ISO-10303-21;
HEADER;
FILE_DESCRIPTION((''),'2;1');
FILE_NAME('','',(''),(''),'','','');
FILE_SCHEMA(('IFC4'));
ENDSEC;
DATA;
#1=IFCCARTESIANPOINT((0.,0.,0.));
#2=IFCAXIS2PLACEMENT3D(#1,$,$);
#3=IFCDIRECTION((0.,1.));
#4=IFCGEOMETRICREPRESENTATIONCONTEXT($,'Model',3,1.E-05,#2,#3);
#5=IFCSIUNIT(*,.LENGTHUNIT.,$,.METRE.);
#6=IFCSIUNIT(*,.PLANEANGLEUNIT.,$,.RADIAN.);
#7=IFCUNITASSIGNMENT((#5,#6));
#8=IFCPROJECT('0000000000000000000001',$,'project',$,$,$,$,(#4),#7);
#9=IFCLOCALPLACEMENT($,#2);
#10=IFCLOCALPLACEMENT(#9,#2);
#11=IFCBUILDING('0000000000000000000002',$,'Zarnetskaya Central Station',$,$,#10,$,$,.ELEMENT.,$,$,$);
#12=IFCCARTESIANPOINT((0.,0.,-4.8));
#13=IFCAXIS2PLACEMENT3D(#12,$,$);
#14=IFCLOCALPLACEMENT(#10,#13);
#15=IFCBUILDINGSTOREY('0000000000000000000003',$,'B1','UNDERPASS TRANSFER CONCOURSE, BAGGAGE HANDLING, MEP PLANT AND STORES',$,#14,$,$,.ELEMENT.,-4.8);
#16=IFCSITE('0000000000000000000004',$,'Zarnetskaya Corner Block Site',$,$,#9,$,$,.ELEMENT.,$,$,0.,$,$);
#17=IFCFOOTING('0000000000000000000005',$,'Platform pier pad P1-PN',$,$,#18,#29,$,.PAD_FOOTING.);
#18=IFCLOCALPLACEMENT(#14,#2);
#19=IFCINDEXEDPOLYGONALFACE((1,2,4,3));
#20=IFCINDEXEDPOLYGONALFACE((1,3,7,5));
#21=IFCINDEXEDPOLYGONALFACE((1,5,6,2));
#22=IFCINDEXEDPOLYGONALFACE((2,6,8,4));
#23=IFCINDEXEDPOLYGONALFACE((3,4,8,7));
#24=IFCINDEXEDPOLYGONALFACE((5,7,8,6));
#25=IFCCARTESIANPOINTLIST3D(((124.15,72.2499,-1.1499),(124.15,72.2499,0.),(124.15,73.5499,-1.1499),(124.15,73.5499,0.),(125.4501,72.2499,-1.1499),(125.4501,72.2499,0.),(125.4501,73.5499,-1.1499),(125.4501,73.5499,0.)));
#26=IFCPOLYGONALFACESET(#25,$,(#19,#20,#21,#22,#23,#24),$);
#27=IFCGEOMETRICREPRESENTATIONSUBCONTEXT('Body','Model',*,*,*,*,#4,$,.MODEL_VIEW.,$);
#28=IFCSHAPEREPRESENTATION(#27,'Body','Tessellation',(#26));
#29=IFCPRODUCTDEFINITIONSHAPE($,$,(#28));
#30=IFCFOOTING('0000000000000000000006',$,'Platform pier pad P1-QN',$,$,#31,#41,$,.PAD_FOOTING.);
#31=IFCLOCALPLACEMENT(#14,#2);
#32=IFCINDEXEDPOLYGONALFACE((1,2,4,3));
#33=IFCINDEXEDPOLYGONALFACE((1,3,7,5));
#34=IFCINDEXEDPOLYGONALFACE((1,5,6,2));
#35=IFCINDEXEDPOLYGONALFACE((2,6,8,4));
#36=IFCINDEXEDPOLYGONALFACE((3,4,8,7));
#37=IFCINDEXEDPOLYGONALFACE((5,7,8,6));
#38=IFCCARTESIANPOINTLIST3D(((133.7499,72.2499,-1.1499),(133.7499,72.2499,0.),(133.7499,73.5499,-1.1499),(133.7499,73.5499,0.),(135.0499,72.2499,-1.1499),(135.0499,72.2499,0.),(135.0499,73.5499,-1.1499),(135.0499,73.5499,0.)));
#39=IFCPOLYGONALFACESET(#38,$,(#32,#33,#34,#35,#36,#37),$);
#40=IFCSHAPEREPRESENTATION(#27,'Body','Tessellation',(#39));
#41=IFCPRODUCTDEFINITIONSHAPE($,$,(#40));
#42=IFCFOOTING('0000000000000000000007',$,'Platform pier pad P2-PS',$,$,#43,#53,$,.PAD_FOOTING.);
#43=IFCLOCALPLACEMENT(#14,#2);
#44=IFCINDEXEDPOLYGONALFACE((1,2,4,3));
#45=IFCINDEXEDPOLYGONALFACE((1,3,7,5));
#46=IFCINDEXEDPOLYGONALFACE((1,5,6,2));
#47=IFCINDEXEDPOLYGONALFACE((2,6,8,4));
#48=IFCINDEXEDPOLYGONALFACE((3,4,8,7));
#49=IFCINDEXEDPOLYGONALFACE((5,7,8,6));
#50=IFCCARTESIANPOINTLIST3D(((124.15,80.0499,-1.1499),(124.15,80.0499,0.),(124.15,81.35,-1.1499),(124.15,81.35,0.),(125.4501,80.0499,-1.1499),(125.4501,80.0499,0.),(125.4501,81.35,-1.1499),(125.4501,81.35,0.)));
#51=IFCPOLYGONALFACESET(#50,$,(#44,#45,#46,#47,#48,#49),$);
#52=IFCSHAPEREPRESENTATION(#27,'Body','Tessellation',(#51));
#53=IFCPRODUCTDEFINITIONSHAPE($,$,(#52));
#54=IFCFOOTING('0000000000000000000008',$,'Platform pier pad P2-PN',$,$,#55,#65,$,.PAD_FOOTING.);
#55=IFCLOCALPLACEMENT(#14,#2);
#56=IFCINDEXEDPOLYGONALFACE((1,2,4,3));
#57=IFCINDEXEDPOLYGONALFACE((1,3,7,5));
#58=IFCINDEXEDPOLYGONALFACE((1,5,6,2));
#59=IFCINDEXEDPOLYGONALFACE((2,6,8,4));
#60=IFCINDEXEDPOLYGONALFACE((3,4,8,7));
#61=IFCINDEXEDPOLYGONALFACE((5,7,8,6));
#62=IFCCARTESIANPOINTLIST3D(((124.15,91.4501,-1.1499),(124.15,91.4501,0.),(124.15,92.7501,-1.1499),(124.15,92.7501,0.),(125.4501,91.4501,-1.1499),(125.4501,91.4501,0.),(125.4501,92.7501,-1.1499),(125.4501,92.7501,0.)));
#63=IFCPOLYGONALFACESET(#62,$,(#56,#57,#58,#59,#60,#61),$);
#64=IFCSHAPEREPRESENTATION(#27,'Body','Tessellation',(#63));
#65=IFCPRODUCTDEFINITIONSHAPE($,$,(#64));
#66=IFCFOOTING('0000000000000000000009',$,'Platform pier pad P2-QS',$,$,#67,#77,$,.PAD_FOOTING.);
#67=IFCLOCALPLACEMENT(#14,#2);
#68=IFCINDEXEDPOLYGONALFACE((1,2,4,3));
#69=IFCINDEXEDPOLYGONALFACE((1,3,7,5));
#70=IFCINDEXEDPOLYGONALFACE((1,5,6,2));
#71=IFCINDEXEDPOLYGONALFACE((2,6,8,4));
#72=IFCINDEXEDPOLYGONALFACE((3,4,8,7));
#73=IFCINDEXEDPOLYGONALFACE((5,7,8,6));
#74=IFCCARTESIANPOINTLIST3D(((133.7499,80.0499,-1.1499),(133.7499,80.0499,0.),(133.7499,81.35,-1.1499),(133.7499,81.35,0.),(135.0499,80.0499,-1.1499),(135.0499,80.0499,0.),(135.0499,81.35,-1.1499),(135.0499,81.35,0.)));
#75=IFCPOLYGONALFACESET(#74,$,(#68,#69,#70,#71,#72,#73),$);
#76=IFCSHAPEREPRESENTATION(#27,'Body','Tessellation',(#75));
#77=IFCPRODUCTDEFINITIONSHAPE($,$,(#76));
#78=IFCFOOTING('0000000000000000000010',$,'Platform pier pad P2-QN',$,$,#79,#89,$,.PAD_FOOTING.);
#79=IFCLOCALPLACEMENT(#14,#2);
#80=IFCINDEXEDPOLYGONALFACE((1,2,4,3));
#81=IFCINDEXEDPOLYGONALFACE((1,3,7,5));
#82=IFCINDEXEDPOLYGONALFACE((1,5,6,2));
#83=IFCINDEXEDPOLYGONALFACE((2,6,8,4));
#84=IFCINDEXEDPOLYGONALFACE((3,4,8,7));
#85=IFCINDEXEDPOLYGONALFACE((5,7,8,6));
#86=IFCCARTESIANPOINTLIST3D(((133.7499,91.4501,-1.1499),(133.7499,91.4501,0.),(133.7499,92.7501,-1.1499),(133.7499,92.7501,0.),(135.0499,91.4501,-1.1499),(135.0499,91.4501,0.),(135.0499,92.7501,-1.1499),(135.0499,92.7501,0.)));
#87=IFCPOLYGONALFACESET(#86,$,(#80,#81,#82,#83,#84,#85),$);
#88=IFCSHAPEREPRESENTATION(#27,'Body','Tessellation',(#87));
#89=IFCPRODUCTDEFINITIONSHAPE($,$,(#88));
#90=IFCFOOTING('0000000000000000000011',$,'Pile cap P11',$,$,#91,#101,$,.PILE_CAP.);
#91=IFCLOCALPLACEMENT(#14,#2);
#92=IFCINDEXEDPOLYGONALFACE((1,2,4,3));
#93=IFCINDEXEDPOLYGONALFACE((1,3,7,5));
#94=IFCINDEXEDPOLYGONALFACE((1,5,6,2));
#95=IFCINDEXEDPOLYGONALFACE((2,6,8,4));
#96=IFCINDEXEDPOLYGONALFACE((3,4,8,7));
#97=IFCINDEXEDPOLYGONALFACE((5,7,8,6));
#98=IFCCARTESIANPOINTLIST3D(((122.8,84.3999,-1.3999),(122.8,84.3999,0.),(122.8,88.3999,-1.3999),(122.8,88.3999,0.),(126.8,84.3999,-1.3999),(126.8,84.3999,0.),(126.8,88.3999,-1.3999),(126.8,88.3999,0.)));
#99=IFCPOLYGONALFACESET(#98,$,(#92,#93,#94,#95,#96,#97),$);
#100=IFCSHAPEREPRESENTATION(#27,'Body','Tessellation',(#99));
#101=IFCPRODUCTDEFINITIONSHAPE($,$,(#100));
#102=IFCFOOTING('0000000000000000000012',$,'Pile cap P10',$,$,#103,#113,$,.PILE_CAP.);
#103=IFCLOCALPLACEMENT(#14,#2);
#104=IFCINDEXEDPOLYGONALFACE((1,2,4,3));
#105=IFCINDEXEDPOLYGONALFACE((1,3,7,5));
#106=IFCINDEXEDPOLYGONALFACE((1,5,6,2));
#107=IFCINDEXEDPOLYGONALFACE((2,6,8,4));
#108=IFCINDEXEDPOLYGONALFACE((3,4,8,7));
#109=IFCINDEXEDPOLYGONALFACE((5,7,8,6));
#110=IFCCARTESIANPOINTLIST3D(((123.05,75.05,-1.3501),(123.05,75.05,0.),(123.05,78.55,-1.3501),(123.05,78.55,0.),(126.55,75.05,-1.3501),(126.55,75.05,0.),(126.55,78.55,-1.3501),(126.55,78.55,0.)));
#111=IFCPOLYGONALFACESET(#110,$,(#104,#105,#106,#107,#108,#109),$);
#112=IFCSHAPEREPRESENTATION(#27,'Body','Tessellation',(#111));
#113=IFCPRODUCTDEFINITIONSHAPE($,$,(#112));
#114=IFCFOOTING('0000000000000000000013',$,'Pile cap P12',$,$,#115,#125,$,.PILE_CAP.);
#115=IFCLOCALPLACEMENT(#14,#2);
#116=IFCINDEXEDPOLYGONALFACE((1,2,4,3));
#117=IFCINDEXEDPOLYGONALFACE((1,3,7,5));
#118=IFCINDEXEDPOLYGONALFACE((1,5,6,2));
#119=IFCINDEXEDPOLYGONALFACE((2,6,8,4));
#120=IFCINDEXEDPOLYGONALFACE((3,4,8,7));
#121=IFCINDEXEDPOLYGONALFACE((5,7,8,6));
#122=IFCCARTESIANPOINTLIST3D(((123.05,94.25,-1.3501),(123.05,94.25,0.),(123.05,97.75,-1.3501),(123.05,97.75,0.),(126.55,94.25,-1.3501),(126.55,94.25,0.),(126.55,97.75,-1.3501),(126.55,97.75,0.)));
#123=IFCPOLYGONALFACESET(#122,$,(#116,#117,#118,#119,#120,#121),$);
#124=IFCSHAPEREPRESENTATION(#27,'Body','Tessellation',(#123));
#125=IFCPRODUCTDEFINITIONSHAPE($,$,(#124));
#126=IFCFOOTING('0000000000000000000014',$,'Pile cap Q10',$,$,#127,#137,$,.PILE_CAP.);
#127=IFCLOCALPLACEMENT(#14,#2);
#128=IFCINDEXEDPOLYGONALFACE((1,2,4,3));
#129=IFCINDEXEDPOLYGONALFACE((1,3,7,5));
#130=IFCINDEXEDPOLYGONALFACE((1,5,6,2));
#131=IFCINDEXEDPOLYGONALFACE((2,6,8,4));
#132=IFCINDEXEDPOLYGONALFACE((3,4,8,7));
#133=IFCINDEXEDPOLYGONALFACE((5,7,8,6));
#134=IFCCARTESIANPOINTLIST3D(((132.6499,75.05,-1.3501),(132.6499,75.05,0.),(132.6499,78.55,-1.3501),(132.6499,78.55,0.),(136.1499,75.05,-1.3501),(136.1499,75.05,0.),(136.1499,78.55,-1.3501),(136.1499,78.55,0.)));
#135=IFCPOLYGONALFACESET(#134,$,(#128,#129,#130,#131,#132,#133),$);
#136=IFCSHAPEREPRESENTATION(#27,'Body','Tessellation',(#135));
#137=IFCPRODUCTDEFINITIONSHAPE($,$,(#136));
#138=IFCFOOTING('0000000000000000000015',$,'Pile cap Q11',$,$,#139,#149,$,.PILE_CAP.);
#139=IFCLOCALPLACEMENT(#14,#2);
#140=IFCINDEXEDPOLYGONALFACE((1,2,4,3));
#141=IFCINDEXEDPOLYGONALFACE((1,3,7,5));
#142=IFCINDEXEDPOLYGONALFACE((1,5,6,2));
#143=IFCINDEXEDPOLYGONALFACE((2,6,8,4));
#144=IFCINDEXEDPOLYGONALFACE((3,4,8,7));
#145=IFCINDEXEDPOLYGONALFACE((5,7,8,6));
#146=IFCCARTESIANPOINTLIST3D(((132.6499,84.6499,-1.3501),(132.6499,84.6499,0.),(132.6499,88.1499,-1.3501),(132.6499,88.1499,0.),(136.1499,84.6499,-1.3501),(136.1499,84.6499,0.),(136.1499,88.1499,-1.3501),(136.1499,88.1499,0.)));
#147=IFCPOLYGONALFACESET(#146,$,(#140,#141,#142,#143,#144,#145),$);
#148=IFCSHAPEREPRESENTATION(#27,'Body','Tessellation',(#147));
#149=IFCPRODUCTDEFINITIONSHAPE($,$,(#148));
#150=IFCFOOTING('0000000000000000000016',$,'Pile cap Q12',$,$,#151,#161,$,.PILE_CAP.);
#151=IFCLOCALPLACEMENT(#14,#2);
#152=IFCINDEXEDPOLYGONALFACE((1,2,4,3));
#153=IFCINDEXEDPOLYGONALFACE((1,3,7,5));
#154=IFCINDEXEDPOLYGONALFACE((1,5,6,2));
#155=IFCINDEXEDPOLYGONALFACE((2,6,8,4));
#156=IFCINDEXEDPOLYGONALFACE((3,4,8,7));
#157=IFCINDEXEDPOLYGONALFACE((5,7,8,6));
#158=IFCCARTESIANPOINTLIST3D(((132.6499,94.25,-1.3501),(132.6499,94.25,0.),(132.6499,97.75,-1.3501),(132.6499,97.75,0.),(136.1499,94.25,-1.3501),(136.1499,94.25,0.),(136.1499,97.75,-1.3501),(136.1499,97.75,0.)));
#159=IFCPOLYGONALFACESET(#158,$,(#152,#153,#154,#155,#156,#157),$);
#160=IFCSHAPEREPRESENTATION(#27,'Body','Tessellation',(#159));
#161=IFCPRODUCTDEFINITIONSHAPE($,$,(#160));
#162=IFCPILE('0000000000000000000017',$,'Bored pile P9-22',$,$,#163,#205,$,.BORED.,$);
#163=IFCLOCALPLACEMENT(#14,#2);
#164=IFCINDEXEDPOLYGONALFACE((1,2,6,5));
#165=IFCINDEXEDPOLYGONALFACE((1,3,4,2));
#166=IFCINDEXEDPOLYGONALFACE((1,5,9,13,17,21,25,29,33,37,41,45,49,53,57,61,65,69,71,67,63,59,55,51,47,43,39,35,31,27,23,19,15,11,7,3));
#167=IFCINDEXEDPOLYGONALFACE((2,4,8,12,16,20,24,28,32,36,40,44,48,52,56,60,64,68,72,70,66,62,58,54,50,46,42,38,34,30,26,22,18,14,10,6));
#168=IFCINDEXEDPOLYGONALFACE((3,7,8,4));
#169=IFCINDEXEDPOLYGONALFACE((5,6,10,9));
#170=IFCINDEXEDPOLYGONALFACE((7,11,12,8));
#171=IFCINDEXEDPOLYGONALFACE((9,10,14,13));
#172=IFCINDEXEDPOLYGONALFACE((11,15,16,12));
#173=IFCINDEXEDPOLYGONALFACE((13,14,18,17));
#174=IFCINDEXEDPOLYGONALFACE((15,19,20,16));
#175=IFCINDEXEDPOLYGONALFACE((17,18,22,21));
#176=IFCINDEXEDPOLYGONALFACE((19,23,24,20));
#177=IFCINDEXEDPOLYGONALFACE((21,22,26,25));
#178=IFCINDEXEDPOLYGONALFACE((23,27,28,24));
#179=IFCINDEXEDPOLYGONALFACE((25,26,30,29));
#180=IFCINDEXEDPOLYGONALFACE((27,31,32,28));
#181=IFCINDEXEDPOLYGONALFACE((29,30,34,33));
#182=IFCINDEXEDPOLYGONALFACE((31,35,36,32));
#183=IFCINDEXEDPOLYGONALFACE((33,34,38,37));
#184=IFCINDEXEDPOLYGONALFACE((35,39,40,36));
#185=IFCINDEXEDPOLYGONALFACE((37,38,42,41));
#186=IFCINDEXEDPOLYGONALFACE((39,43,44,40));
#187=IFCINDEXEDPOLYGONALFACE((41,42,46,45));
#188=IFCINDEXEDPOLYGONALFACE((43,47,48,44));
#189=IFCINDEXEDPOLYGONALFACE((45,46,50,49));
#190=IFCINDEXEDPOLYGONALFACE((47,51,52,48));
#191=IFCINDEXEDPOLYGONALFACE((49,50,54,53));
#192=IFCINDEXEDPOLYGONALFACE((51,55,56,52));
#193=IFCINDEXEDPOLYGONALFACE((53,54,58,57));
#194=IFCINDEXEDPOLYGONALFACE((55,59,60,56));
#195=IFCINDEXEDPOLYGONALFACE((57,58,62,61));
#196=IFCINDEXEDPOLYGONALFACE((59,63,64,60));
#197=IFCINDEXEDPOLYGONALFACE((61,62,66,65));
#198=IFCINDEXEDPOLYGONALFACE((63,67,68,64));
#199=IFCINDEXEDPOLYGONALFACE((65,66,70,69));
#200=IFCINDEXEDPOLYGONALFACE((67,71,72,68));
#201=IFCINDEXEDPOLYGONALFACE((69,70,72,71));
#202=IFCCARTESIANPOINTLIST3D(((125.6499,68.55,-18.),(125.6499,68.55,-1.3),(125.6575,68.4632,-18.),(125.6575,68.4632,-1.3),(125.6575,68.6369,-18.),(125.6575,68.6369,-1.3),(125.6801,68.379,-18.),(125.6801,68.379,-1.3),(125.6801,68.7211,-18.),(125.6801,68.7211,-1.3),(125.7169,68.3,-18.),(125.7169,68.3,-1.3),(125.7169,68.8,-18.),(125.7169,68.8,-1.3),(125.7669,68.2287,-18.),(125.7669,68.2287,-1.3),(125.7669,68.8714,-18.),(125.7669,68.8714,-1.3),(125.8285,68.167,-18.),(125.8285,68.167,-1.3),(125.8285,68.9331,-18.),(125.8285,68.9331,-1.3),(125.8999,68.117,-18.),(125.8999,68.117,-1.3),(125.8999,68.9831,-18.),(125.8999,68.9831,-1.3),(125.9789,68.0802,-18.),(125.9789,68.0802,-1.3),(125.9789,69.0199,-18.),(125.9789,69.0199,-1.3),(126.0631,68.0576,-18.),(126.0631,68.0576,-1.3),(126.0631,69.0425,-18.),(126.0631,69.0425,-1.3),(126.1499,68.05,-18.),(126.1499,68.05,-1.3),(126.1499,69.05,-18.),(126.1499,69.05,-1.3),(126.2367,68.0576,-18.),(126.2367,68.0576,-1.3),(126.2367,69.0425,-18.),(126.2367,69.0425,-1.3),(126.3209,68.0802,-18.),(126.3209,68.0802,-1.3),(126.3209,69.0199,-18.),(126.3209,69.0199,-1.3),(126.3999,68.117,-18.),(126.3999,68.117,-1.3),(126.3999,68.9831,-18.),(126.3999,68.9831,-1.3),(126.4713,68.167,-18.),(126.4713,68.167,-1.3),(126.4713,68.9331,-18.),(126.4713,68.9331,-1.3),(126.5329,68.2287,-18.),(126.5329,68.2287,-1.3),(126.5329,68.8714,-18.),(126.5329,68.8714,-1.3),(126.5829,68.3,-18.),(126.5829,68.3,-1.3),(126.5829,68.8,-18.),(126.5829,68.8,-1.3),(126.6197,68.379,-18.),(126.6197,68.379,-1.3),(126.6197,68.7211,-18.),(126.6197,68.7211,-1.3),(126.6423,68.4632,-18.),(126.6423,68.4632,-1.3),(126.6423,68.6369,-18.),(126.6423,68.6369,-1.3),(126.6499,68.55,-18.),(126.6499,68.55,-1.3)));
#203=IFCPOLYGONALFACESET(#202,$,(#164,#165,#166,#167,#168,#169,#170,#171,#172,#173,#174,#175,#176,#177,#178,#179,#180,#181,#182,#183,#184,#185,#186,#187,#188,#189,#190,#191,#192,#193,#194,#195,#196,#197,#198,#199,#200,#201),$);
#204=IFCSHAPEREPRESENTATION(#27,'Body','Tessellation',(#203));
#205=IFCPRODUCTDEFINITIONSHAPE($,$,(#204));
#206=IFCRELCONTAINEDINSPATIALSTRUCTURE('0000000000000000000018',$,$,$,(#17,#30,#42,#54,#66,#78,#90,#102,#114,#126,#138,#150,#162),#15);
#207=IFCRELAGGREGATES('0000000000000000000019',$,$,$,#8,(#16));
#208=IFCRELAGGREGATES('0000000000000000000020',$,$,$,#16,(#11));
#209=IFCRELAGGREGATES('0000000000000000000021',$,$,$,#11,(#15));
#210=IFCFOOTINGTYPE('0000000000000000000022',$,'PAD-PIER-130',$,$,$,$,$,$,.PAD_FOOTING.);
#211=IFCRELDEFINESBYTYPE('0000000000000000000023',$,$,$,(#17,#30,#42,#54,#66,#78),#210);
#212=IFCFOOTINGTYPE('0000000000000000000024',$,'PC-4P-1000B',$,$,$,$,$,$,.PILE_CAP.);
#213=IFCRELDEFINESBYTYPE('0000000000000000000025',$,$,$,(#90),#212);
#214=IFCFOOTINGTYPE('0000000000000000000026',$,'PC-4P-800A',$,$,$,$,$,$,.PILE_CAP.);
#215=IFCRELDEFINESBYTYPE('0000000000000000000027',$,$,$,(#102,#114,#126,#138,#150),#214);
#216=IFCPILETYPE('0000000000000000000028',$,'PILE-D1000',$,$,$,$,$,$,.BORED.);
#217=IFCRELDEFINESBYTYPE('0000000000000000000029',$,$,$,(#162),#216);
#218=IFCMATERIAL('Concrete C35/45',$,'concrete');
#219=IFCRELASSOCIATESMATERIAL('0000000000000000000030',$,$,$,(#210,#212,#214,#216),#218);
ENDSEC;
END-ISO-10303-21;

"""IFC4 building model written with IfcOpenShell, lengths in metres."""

from ifc_helpers import new_model, si_unit, direction, frame, origin, origin_2d, place, context, subcontext, project, spatial, rectangle, circle, extrude, material, material_profile, profile_set, type_object, element, save


model = new_model("IFC4")

# Units and contexts
model_context = context("Model", 3, precision=1e-05, world=origin(), true_north=direction((0.0, 1.0)))
body_context = subcontext(model_context, "Body", "Model", "MODEL_VIEW")
ifc_project = project(units=[si_unit("LENGTHUNIT", "METRE"), si_unit("PLANEANGLEUNIT", "RADIAN")], contexts=[model_context])

# Site, building, storey
site_placement = place(None, origin())
site = spatial("IfcSite", under=ifc_project, at=site_placement, Name="Zarnetskaya Corner Block Site", CompositionType="ELEMENT", RefElevation=0.0)
building_placement = place(site_placement, origin())
building = spatial("IfcBuilding", under=site, at=building_placement, Name="Zarnetskaya Central Station", CompositionType="ELEMENT")
storey_placement = place(building_placement, frame((0.0, 0.0, -4.8)))
storey = spatial("IfcBuildingStorey", under=building, at=storey_placement, Name="B1", Description="UNDERPASS TRANSFER CONCOURSE, BAGGAGE HANDLING, MEP PLANT AND STORES", CompositionType="ELEMENT", Elevation=-4.8)

# Footings
ifc_material = material(Name="Concrete C35/45", Category="concrete")
footing_type_1 = type_object("IfcFootingType", Name="PAD-PIER-130", PredefinedType="PAD_FOOTING", material=ifc_material)
for number, where, z_axis, x_axis, name in (
    (1, (124.8, 72.8999, -1.1499), (0.0, 0.0, 1.0), (1.0, 0.0, 0.0), "Platform pier pad P1-PN"),
    (2, (134.3999, 72.8999, -1.1499), (0.0, 0.0, 1.0), (1.0, 0.0, 0.0), "Platform pier pad P1-QN"),
    (3, (124.8, 80.7, -1.1499), (0.0, 0.0, 1.0), (1.0, 0.0, 0.0), "Platform pier pad P2-PS"),
    (4, (124.8, 92.1001, -1.1499), (0.0, 0.0, 1.0), (1.0, 0.0, 0.0), "Platform pier pad P2-PN"),
    (5, (134.3999, 80.7, -1.1499), (0.0, 0.0, 1.0), (1.0, 0.0, 0.0), "Platform pier pad P2-QS"),
    (6, (134.3999, 92.1001, -1.1499), (0.0, 0.0, 1.0), (1.0, 0.0, 0.0), "Platform pier pad P2-QN"),
):
    element("IfcFooting", number, at=place(storey_placement, frame(where, z_axis=z_axis, x_axis=x_axis)), inside=storey, type_object=footing_type_1, Name=name, PredefinedType="PAD_FOOTING", context=body_context, shape_type="SweptSolid", body=[
        extrude(rectangle(XDim=1.3, YDim=1.3, at=origin_2d()), origin(), (0.0, 0.0, 1.0), 1.1499),
    ])
footing_type_2 = type_object("IfcFootingType", Name="PC-4P-1000B", PredefinedType="PILE_CAP", material=ifc_material)
footing_placement = place(storey_placement, frame((124.8, 86.3999, -1.3999), z_axis=(0.0, 0.0, 1.0), x_axis=(1.0, 0.0, 0.0)))
element("IfcFooting", 7, at=footing_placement, inside=storey, type_object=footing_type_2, Name="Pile cap P11", PredefinedType="PILE_CAP", context=body_context, shape_type="SweptSolid", body=[
    extrude(rectangle(XDim=4.0, YDim=4.0, at=origin_2d()), origin(), (0.0, 0.0, 1.0), 1.3999),
])
footing_type_3 = type_object("IfcFootingType", Name="PC-4P-800A", PredefinedType="PILE_CAP", material=ifc_material)
for number, where, z_axis, x_axis, name in (
    (8, (124.8, 76.8, -1.3501), (0.0, 0.0, 1.0), (1.0, 0.0, 0.0), "Pile cap P10"),
    (9, (124.8, 96.0, -1.3501), (0.0, 0.0, 1.0), (1.0, 0.0, 0.0), "Pile cap P12"),
    (10, (134.3999, 76.8, -1.3501), (0.0, 0.0, 1.0), (1.0, 0.0, 0.0), "Pile cap Q10"),
    (11, (134.3999, 86.3999, -1.3501), (0.0, 0.0, 1.0), (1.0, 0.0, 0.0), "Pile cap Q11"),
    (12, (134.3999, 96.0, -1.3501), (0.0, 0.0, 1.0), (1.0, 0.0, 0.0), "Pile cap Q12"),
):
    element("IfcFooting", number, at=place(storey_placement, frame(where, z_axis=z_axis, x_axis=x_axis)), inside=storey, type_object=footing_type_3, Name=name, PredefinedType="PILE_CAP", context=body_context, shape_type="SweptSolid", body=[
        extrude(rectangle(XDim=3.5, YDim=3.5, at=origin_2d()), origin(), (0.0, 0.0, 1.0), 1.3501),
    ])

# Pile
ifc_material_profile_1 = material_profile(ifc_material, circle(Radius=0.5, at=origin_2d()), Name="BORED PILE D1000")
ifc_profile_set_1 = profile_set([ifc_material_profile_1], Name="Concrete C35/45")
pile_type_1 = type_object("IfcPileType", Name="PILE-D1000", PredefinedType="BORED", material=ifc_profile_set_1)
pile_placement = place(storey_placement, frame((126.1499, 68.55, -1.3), z_axis=(0.0, 0.0, -1.0), x_axis=(1.0, 0.0, 0.0)))
element("IfcPile", 13, at=pile_placement, inside=storey, type_object=pile_type_1, Name="Bored pile P9-22", PredefinedType="BORED", context=body_context, shape_type="SweptSolid", body=[
    extrude(circle(Radius=0.5, at=origin_2d()), origin(), (0.0, 0.0, 1.0), 16.7),
])

save(model, "model.ifc")
